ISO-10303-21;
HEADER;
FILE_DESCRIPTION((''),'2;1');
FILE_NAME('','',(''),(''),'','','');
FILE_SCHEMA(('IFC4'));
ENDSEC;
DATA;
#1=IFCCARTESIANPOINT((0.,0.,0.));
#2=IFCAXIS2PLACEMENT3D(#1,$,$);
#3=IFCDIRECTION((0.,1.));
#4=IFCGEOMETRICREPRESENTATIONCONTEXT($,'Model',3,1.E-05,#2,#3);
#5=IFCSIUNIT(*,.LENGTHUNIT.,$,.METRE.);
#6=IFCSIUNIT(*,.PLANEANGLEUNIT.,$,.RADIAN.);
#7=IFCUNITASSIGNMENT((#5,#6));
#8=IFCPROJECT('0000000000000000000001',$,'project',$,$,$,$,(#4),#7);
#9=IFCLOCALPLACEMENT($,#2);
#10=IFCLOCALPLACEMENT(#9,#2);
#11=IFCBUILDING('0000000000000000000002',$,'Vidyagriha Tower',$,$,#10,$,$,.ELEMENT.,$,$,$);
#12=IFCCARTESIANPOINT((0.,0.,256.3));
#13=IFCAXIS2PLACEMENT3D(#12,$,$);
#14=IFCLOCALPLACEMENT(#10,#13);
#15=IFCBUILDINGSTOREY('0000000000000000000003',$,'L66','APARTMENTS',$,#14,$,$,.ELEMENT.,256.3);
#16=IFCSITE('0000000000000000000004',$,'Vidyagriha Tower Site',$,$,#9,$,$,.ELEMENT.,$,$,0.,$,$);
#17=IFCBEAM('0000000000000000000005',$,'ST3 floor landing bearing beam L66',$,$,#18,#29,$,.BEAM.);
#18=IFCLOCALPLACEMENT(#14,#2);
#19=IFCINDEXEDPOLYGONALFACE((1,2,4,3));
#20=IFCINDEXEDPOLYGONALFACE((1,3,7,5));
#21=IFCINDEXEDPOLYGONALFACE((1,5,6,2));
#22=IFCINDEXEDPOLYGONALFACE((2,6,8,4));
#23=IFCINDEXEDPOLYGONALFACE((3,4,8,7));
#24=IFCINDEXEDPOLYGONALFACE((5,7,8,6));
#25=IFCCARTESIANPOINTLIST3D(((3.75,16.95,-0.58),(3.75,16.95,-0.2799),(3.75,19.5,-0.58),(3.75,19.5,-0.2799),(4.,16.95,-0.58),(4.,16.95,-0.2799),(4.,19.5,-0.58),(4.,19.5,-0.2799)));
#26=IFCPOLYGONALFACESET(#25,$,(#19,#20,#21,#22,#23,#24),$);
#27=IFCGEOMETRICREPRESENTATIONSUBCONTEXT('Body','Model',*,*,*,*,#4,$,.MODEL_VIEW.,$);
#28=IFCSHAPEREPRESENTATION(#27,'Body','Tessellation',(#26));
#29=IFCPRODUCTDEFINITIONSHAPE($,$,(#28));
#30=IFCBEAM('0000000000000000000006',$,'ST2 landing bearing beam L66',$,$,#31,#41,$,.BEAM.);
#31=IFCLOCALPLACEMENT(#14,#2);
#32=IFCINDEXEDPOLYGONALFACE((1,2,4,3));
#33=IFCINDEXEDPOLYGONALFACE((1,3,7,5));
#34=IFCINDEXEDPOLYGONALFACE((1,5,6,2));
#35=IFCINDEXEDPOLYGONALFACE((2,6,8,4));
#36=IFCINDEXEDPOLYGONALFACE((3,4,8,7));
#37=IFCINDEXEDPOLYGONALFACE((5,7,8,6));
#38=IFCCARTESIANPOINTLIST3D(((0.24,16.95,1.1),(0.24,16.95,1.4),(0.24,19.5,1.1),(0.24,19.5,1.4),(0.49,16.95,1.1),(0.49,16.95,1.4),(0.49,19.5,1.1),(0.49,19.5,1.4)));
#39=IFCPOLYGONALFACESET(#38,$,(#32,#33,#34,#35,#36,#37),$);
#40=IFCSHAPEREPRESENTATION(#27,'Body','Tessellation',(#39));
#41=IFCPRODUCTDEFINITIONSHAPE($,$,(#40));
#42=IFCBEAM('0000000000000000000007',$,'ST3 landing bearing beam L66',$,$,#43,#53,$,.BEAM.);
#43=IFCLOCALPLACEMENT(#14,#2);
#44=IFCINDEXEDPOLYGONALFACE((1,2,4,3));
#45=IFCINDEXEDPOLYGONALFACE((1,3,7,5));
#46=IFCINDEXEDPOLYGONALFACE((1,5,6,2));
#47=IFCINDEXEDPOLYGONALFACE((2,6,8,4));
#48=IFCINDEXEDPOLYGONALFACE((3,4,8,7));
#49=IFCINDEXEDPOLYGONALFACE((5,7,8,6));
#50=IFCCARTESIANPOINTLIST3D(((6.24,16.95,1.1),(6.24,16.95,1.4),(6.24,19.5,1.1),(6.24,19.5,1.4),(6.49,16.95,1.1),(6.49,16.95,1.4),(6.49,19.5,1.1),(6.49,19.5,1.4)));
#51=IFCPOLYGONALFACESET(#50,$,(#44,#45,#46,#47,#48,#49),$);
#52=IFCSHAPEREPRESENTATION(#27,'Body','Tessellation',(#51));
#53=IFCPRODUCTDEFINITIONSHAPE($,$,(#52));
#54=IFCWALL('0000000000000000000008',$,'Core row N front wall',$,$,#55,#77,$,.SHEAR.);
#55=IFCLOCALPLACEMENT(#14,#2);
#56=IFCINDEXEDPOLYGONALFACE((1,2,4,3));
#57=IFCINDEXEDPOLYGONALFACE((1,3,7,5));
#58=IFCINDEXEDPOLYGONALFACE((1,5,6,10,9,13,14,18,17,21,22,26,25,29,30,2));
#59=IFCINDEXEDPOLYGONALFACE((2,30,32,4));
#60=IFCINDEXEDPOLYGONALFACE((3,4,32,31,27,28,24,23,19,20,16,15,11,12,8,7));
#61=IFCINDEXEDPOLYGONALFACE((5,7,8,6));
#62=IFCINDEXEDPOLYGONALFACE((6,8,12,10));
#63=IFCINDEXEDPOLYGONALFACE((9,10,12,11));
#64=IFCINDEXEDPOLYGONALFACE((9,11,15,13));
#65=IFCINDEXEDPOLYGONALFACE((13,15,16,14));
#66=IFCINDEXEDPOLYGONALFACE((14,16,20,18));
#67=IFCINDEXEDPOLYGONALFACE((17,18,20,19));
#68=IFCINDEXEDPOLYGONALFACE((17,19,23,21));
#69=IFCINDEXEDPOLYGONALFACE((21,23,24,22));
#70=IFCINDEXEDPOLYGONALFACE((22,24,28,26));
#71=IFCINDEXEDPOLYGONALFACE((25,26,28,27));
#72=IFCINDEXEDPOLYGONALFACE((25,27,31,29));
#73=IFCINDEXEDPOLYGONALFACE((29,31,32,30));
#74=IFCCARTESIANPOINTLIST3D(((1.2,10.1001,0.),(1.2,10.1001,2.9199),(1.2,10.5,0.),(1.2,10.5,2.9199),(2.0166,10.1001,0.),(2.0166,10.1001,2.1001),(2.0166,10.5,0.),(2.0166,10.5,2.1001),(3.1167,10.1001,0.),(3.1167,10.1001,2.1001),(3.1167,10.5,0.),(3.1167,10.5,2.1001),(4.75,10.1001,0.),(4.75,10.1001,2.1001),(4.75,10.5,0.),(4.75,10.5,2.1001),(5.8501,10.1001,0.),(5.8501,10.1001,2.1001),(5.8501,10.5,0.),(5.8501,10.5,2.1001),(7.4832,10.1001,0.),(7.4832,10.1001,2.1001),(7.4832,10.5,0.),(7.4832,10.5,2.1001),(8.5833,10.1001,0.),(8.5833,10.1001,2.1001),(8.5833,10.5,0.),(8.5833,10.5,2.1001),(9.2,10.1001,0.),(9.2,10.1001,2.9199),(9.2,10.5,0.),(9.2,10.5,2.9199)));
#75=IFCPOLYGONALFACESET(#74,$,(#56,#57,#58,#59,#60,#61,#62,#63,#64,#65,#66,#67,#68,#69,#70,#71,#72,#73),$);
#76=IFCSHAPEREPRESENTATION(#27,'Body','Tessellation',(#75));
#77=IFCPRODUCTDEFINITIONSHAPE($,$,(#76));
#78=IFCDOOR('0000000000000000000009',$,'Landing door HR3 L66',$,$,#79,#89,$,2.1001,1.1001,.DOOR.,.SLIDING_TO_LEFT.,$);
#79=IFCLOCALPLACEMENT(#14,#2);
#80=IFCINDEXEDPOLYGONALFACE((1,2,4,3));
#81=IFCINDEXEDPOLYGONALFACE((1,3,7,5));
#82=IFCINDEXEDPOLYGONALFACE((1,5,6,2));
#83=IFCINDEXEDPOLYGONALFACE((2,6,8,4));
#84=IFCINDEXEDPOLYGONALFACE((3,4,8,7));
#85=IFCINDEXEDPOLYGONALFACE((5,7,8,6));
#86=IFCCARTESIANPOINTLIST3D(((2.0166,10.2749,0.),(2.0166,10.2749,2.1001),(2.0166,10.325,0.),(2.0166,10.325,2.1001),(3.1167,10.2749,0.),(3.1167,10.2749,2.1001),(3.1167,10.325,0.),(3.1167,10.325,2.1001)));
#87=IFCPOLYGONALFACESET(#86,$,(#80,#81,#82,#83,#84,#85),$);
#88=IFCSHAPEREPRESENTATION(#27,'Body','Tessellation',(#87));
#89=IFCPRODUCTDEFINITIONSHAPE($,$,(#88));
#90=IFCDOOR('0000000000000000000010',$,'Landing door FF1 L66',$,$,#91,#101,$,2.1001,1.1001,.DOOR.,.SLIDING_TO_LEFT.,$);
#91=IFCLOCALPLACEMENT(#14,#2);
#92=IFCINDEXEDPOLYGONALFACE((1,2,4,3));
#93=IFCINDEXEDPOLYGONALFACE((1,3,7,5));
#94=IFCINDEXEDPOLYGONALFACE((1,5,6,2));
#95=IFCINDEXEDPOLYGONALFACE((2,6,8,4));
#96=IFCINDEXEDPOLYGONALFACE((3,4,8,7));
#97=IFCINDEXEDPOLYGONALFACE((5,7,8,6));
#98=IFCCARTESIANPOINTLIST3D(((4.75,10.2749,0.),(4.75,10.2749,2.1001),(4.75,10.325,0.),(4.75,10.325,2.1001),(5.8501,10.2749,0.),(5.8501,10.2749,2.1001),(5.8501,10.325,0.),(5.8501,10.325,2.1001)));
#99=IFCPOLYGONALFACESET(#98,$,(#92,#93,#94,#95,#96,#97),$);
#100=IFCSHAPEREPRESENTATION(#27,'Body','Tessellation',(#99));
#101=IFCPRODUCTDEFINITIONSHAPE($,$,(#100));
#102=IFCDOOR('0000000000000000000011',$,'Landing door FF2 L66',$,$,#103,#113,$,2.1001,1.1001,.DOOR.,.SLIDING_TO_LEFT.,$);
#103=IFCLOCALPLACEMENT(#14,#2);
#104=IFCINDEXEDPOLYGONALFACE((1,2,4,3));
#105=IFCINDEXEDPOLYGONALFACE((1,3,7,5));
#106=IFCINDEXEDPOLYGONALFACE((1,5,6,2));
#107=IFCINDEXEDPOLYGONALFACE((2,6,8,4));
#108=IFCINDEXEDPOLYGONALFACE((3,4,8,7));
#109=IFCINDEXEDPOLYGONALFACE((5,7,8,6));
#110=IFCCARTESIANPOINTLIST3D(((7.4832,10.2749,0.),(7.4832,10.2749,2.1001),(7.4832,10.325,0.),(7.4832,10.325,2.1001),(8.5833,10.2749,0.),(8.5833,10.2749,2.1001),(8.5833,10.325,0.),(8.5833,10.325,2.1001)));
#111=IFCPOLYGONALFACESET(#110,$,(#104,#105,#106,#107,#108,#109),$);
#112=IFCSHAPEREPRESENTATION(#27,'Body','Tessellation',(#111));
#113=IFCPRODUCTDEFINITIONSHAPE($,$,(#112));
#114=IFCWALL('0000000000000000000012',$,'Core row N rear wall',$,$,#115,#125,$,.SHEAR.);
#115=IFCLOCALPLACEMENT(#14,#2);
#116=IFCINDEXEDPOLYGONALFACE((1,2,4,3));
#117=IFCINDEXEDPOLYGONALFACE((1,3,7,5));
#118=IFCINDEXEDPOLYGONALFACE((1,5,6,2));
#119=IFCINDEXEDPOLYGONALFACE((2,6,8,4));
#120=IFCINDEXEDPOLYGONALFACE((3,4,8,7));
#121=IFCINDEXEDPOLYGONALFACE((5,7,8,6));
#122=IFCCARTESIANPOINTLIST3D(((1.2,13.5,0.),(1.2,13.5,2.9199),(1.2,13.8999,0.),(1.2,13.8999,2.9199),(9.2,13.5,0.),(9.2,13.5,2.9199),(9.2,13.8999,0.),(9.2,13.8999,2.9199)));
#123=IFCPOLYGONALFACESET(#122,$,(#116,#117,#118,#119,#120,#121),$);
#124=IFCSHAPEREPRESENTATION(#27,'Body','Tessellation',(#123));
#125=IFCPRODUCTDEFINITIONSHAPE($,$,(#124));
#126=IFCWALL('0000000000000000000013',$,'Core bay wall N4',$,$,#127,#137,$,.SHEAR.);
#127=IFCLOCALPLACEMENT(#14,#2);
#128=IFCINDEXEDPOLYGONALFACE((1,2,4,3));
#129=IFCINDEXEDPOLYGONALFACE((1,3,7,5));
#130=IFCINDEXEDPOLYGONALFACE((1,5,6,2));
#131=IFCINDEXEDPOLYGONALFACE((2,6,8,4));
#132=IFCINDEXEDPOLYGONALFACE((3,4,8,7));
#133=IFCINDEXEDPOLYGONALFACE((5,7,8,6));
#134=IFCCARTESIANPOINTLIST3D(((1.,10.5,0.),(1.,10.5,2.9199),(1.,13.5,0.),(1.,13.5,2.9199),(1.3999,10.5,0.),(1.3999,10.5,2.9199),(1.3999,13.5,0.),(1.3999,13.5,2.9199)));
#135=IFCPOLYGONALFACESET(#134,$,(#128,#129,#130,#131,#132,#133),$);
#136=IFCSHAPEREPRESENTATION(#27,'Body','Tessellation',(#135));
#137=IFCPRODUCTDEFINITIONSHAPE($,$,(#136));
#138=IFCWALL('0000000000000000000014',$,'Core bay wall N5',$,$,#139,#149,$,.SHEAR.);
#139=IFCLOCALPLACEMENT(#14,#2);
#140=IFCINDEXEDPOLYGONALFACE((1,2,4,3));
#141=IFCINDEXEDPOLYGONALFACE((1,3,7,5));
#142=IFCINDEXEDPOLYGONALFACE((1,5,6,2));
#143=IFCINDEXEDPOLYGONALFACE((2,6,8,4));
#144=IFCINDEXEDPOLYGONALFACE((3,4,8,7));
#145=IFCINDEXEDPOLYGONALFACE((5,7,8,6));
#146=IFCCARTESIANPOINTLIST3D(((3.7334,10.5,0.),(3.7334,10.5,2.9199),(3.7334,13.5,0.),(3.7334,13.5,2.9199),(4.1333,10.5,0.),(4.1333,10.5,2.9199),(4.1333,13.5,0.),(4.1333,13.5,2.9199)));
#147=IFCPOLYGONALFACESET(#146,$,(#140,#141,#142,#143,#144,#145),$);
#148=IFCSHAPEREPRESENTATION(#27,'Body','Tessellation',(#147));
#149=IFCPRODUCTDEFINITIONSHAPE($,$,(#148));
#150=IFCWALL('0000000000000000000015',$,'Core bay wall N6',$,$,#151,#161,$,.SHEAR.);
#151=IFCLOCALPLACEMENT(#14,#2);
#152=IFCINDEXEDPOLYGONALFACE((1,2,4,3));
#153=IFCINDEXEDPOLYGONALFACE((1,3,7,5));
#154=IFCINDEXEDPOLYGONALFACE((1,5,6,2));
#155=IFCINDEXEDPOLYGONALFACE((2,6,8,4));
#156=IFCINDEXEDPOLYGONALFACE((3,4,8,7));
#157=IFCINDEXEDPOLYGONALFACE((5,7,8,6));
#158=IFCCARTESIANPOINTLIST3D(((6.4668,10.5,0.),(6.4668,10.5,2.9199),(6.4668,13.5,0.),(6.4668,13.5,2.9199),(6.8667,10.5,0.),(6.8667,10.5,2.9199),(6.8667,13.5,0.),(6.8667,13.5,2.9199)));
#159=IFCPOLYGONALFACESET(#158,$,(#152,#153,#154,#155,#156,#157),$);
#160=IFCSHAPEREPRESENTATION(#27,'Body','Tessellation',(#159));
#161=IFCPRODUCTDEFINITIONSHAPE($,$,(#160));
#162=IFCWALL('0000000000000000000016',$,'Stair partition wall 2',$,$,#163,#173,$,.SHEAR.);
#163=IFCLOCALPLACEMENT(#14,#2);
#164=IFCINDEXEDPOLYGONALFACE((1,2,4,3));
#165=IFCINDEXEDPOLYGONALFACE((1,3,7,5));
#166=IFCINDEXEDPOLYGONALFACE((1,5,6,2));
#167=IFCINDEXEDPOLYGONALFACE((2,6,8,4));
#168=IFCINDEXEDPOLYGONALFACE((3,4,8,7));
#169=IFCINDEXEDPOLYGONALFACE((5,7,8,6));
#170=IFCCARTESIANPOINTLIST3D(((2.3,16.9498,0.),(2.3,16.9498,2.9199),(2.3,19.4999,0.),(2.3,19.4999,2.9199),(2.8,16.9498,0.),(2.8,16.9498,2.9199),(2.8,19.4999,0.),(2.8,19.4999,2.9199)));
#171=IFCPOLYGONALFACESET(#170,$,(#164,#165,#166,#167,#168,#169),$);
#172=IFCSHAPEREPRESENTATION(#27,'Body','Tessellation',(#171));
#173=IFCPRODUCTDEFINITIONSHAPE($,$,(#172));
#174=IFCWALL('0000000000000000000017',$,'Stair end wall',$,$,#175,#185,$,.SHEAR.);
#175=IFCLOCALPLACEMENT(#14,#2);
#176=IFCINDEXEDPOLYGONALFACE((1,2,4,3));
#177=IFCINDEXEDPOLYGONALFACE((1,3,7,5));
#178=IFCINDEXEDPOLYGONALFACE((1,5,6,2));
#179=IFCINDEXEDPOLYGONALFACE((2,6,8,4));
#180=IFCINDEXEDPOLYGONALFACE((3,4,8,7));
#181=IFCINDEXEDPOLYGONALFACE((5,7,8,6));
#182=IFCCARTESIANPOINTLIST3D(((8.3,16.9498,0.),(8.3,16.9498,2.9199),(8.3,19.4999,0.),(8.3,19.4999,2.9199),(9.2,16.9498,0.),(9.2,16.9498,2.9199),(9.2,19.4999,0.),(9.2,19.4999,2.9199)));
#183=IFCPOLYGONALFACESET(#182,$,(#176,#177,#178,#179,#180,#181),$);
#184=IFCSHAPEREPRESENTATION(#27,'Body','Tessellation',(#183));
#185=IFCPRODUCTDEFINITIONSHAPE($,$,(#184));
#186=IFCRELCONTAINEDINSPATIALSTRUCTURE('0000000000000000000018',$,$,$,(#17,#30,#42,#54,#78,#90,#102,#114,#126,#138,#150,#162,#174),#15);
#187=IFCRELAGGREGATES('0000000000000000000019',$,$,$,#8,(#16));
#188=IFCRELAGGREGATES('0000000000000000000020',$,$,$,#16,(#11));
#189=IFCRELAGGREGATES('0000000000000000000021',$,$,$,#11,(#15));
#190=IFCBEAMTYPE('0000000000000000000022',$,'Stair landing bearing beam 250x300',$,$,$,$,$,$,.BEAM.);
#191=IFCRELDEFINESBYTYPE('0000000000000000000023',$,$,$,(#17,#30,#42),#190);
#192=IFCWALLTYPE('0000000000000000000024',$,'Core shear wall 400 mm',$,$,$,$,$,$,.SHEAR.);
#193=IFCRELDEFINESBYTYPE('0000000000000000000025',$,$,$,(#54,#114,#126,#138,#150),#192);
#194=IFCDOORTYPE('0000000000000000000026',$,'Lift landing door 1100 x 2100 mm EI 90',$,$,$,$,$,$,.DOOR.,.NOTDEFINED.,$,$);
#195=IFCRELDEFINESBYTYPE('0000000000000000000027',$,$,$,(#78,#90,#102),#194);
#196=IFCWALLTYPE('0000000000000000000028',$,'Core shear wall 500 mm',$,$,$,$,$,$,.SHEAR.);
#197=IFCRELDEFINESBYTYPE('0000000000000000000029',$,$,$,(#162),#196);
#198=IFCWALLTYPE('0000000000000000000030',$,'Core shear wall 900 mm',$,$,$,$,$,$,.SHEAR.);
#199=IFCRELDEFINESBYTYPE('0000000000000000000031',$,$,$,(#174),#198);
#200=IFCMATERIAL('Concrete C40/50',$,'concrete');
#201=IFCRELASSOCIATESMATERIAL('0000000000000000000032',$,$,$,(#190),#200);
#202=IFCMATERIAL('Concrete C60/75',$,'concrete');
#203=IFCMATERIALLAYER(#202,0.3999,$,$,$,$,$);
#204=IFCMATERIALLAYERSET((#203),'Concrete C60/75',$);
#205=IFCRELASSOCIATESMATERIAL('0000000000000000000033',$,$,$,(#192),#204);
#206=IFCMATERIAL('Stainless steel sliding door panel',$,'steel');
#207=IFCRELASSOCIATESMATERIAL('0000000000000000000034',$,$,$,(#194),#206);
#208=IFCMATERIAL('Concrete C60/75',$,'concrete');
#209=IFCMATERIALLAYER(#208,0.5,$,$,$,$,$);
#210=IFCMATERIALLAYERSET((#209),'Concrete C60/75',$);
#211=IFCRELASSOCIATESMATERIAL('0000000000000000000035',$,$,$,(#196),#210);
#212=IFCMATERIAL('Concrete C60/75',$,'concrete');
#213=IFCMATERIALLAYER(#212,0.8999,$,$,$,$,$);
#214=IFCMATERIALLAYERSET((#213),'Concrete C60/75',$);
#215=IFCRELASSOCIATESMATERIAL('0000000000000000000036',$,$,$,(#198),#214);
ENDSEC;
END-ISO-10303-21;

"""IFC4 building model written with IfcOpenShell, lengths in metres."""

from ifc_helpers import new_model, si_unit, direction, frame, frame_2d, origin, origin_2d, place, context, subcontext, project, spatial, rectangle, extrude, material, layer, layer_set, material_profile, profile_set, type_object, element, fill, save


model = new_model("IFC4")

# Units and contexts
model_context = context("Model", 3, precision=1e-05, world=origin(), true_north=direction((0.0, 1.0)))
body_context = subcontext(model_context, "Body", "Model", "MODEL_VIEW")
ifc_project = project(units=[si_unit("LENGTHUNIT", "METRE"), si_unit("PLANEANGLEUNIT", "RADIAN")], contexts=[model_context])

# Site, building, storey
site_placement = place(None, origin())
site = spatial("IfcSite", under=ifc_project, at=site_placement, Name="Vidyagriha Tower Site", CompositionType="ELEMENT", RefElevation=0.0)
building_placement = place(site_placement, origin())
building = spatial("IfcBuilding", under=site, at=building_placement, Name="Vidyagriha Tower", CompositionType="ELEMENT")
storey_placement = place(building_placement, frame((0.0, 0.0, 256.3)))
storey = spatial("IfcBuildingStorey", under=building, at=storey_placement, Name="L66", Description="APARTMENTS", CompositionType="ELEMENT", Elevation=256.3)

# Beams
ifc_material_1 = material(Name="Concrete C40/50", Category="concrete")
ifc_material_profile = material_profile(ifc_material_1, rectangle(XDim=0.25, YDim=0.3, at=origin_2d()), Name="Stair landing bearing beam 250x300")
ifc_profile_set = profile_set([ifc_material_profile], Name="Concrete C40/50")
beam_type = type_object("IfcBeamType", Name="Stair landing bearing beam 250x300", PredefinedType="BEAM", material=ifc_profile_set)
for number, where, z_axis, x_axis, name in (
    (1, (3.875, 16.95, -0.4299), (0.0, 1.0, 0.0), (-1.0, 0.0, 0.0), "ST3 floor landing bearing beam L66"),
    (2, (0.365, 16.95, 1.25), (0.0, 1.0, 0.0), (-1.0, 0.0, 0.0), "ST2 landing bearing beam L66"),
    (3, (6.365, 16.95, 1.25), (0.0, 1.0, 0.0), (-1.0, 0.0, 0.0), "ST3 landing bearing beam L66"),
):
    element("IfcBeam", number, at=place(storey_placement, frame(where, z_axis=z_axis, x_axis=x_axis)), inside=storey, type_object=beam_type, Name=name, PredefinedType="BEAM", context=body_context, shape_type="SweptSolid", body=[
        extrude(rectangle(XDim=0.25, YDim=0.3, at=origin_2d()), origin(), (0.0, 0.0, 1.0), 2.55),
    ])

# Wall, openings, doors
ifc_material_2 = material(Name="Concrete C60/75", Category="concrete")
ifc_layer_1 = layer(ifc_material_2, 0.3999)
ifc_layer_set_1 = layer_set([ifc_layer_1], Name="Concrete C60/75")
wall_type_1 = type_object("IfcWallType", Name="Core shear wall 400 mm", PredefinedType="SHEAR", material=ifc_layer_set_1)
wall_1_placement = place(storey_placement, frame((1.2, 10.3, 0.0)))
wall_1 = element("IfcWall", 4, at=wall_1_placement, inside=storey, type_object=wall_type_1, Name="Core row N front wall", PredefinedType="SHEAR", context=body_context, shape_type="SweptSolid", body=[
    extrude(rectangle(XDim=8.0, YDim=0.3999, at=frame_2d((4.0, 0.0))), origin(), (0.0, 0.0, 1.0), 2.9199),
])
opening_1_placement = place(wall_1_placement, frame((0.8167, 0.0, 0.0)))
opening_1 = element("IfcOpeningElement", 5, at=opening_1_placement, cuts=wall_1, PredefinedType="OPENING", context=body_context, shape_type="SweptSolid", body=[
    extrude(rectangle(XDim=1.1001, YDim=2.1001, at=frame_2d((0.55, 1.05))), frame((0.0, 0.21, 0.0), z_axis=(0.0, -1.0, 0.0), x_axis=(1.0, 0.0, 0.0)), (0.0, 0.0, 1.0), 0.4199),
])
opening_2_placement = place(wall_1_placement, frame((3.55, 0.0, 0.0)))
opening_2 = element("IfcOpeningElement", 6, at=opening_2_placement, cuts=wall_1, PredefinedType="OPENING", context=body_context, shape_type="SweptSolid", body=[
    extrude(rectangle(XDim=1.1001, YDim=2.1001, at=frame_2d((0.55, 1.05))), frame((0.0, 0.21, 0.0), z_axis=(0.0, -1.0, 0.0), x_axis=(1.0, 0.0, 0.0)), (0.0, 0.0, 1.0), 0.4199),
])
opening_3_placement = place(wall_1_placement, frame((6.2832, 0.0, 0.0)))
opening_3 = element("IfcOpeningElement", 7, at=opening_3_placement, cuts=wall_1, PredefinedType="OPENING", context=body_context, shape_type="SweptSolid", body=[
    extrude(rectangle(XDim=1.1001, YDim=2.1001, at=frame_2d((0.55, 1.05))), frame((0.0, 0.21, 0.0), z_axis=(0.0, -1.0, 0.0), x_axis=(1.0, 0.0, 0.0)), (0.0, 0.0, 1.0), 0.4199),
])
ifc_material_3 = material(Name="Stainless steel sliding door panel", Category="steel")
door_type_1 = type_object("IfcDoorType", Name="Lift landing door 1100 x 2100 mm EI 90", OperationType="NOTDEFINED", PredefinedType="DOOR", material=ifc_material_3)
door_1_placement = place(opening_1_placement, origin())
door_1 = element("IfcDoor", 8, at=door_1_placement, inside=storey, type_object=door_type_1, Name="Landing door HR3 L66", OperationType="SLIDING_TO_LEFT", OverallHeight=2.1001, OverallWidth=1.1001, PredefinedType="DOOR", context=body_context, shape_type="SweptSolid", body=[
    extrude(rectangle(XDim=1.1001, YDim=2.1001, at=frame_2d((0.55, 1.05))), frame((0.0, 0.0249, 0.0), z_axis=(0.0, -1.0, 0.0), x_axis=(1.0, 0.0, 0.0)), (0.0, 0.0, 1.0), 0.05),
])
fill(opening_1, door_1)
door_2_placement = place(opening_2_placement, origin())
door_2 = element("IfcDoor", 9, at=door_2_placement, inside=storey, type_object=door_type_1, Name="Landing door FF1 L66", OperationType="SLIDING_TO_LEFT", OverallHeight=2.1001, OverallWidth=1.1001, PredefinedType="DOOR", context=body_context, shape_type="SweptSolid", body=[
    extrude(rectangle(XDim=1.1001, YDim=2.1001, at=frame_2d((0.55, 1.05))), frame((0.0, 0.0249, 0.0), z_axis=(0.0, -1.0, 0.0), x_axis=(1.0, 0.0, 0.0)), (0.0, 0.0, 1.0), 0.05),
])
fill(opening_2, door_2)
door_3_placement = place(opening_3_placement, origin())
door_3 = element("IfcDoor", 10, at=door_3_placement, inside=storey, type_object=door_type_1, Name="Landing door FF2 L66", OperationType="SLIDING_TO_LEFT", OverallHeight=2.1001, OverallWidth=1.1001, PredefinedType="DOOR", context=body_context, shape_type="SweptSolid", body=[
    extrude(rectangle(XDim=1.1001, YDim=2.1001, at=frame_2d((0.55, 1.05))), frame((0.0, 0.0249, 0.0), z_axis=(0.0, -1.0, 0.0), x_axis=(1.0, 0.0, 0.0)), (0.0, 0.0, 1.0), 0.05),
])
fill(opening_3, door_3)

# Walls
wall_2_placement = place(storey_placement, frame((1.2, 13.7, 0.0)))
element("IfcWall", 11, at=wall_2_placement, inside=storey, type_object=wall_type_1, Name="Core row N rear wall", PredefinedType="SHEAR", context=body_context, shape_type="SweptSolid", body=[
    extrude(rectangle(XDim=8.0, YDim=0.3999, at=frame_2d((4.0, 0.0))), origin(), (0.0, 0.0, 1.0), 2.9199),
])
for number, where, z_axis, x_axis, name in (
    (12, (1.2, 10.5, 0.0), (0.0, 0.0, 1.0), (0.0, 1.0, 0.0), "Core bay wall N4"),
    (13, (3.9333, 10.5, 0.0), (0.0, 0.0, 1.0), (0.0, 1.0, 0.0), "Core bay wall N5"),
    (14, (6.6667, 10.5, 0.0), (0.0, 0.0, 1.0), (0.0, 1.0, 0.0), "Core bay wall N6"),
):
    element("IfcWall", number, at=place(storey_placement, frame(where, z_axis=z_axis, x_axis=x_axis)), inside=storey, type_object=wall_type_1, Name=name, PredefinedType="SHEAR", context=body_context, shape_type="SweptSolid", body=[
        extrude(rectangle(XDim=3.0, YDim=0.3999, at=frame_2d((1.5, 0.0))), origin(), (0.0, 0.0, 1.0), 2.9199),
    ])
ifc_material_4 = material(Name="Concrete C60/75", Category="concrete")
ifc_layer_2 = layer(ifc_material_4, 0.5)
ifc_layer_set_2 = layer_set([ifc_layer_2], Name="Concrete C60/75")
wall_type_2 = type_object("IfcWallType", Name="Core shear wall 500 mm", PredefinedType="SHEAR", material=ifc_layer_set_2)
wall_3_placement = place(storey_placement, frame((2.55, 16.95, 0.0), z_axis=(0.0, 0.0, 1.0), x_axis=(0.0, 1.0, 0.0)))
element("IfcWall", 15, at=wall_3_placement, inside=storey, type_object=wall_type_2, Name="Stair partition wall 2", PredefinedType="SHEAR", context=body_context, shape_type="SweptSolid", body=[
    extrude(rectangle(XDim=2.55, YDim=0.5, at=frame_2d((1.2749, 0.0))), origin(), (0.0, 0.0, 1.0), 2.9199),
])
ifc_material_5 = material(Name="Concrete C60/75", Category="concrete")
ifc_layer_3 = layer(ifc_material_5, 0.8999)
ifc_layer_set_3 = layer_set([ifc_layer_3], Name="Concrete C60/75")
wall_type_3 = type_object("IfcWallType", Name="Core shear wall 900 mm", PredefinedType="SHEAR", material=ifc_layer_set_3)
wall_4_placement = place(storey_placement, frame((8.75, 16.95, 0.0), z_axis=(0.0, 0.0, 1.0), x_axis=(0.0, 1.0, 0.0)))
element("IfcWall", 16, at=wall_4_placement, inside=storey, type_object=wall_type_3, Name="Stair end wall", PredefinedType="SHEAR", context=body_context, shape_type="SweptSolid", body=[
    extrude(rectangle(XDim=2.55, YDim=0.8999, at=frame_2d((1.2749, 0.0))), origin(), (0.0, 0.0, 1.0), 2.9199),
])

save(model, "model.ifc")
